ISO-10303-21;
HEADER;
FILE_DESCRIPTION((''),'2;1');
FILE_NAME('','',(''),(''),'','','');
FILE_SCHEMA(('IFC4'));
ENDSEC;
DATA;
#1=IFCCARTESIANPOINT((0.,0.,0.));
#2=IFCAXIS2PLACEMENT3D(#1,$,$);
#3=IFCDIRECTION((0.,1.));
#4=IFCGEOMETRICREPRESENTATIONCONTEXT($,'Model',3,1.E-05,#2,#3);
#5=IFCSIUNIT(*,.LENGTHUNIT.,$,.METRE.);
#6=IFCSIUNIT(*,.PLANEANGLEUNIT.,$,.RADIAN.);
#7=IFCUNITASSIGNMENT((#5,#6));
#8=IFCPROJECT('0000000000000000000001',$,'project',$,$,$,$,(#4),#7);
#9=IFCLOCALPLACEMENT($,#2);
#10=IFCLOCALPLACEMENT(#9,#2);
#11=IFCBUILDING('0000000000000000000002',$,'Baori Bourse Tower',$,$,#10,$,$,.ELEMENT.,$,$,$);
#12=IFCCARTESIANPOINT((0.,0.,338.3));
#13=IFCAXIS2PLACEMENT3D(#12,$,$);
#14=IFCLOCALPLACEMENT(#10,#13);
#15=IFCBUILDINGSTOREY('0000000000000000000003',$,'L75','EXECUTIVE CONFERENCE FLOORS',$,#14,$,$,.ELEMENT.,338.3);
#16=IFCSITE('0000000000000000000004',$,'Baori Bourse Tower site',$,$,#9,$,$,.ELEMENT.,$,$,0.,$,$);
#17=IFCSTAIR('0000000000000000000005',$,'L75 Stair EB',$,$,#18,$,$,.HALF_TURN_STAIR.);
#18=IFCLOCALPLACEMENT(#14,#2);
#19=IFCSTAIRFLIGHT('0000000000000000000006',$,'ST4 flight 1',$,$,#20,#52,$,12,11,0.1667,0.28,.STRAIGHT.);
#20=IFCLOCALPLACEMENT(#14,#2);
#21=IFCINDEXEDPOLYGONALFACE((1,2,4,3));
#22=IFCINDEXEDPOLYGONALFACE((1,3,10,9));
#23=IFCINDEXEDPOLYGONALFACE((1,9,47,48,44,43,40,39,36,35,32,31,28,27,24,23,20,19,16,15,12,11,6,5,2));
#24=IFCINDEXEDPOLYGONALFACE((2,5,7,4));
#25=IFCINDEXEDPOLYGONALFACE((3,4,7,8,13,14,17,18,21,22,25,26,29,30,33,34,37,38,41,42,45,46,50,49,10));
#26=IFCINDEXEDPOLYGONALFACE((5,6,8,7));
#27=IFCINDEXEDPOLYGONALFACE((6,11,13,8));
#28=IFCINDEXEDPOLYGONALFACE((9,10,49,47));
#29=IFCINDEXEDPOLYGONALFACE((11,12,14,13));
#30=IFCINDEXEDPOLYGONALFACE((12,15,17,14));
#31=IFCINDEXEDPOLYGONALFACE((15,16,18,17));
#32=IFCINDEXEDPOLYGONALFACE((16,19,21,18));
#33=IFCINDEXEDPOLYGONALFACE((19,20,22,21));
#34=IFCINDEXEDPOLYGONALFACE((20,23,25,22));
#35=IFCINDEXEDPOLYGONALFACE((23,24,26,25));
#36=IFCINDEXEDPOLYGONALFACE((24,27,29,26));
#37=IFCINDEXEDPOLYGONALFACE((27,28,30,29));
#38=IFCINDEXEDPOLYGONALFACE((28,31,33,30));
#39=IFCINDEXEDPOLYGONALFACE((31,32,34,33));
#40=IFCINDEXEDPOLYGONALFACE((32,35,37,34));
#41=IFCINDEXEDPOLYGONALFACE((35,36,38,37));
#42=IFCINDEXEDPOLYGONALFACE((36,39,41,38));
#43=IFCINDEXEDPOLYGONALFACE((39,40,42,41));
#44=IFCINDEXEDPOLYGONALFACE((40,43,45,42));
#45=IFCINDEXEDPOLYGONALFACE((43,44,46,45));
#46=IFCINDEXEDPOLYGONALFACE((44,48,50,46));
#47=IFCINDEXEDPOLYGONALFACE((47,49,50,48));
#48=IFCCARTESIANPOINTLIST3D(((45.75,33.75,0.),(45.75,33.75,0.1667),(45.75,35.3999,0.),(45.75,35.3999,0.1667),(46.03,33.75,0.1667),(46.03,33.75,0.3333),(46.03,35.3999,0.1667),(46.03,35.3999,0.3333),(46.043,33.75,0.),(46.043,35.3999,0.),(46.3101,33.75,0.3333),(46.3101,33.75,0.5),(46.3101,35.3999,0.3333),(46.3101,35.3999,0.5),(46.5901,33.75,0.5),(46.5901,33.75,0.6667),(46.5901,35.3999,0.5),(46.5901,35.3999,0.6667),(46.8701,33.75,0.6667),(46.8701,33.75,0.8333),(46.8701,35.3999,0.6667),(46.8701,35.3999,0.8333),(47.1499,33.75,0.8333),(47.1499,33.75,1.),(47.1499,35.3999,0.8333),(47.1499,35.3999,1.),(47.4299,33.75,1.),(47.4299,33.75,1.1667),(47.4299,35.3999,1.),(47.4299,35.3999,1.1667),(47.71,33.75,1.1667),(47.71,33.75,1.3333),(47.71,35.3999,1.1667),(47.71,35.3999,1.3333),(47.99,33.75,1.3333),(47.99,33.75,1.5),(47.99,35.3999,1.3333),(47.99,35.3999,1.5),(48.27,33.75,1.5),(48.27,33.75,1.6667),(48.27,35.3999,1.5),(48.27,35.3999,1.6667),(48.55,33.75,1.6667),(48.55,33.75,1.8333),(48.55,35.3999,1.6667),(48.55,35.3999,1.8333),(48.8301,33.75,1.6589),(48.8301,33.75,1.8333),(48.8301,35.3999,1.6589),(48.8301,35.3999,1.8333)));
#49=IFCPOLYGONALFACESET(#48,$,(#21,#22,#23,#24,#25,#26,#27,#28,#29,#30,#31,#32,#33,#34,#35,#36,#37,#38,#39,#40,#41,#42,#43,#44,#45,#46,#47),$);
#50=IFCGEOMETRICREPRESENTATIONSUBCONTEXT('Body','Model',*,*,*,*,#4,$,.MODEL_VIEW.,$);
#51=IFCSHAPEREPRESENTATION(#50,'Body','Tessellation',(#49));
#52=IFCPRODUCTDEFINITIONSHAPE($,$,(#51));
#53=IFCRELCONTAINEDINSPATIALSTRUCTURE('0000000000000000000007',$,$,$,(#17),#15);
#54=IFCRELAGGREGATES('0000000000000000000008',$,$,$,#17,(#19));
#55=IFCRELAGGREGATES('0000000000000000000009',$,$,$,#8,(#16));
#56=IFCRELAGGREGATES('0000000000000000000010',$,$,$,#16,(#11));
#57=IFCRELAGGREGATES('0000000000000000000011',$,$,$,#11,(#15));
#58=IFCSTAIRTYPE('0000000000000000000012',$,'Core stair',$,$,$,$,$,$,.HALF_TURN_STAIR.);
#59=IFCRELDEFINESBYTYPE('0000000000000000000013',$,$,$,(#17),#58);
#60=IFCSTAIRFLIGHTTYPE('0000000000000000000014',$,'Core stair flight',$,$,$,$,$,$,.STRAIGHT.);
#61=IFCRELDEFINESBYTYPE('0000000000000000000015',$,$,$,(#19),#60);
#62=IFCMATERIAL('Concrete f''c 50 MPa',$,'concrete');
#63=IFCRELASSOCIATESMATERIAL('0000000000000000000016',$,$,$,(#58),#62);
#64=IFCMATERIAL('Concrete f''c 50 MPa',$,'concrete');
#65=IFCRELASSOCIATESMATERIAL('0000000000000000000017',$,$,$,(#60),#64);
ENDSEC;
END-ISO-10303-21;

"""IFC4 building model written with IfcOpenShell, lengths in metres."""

from ifc_helpers import new_model, si_unit, direction, frame, origin, place, context, subcontext, project, spatial, polyline, outline, extrude, material, type_object, element, aggregate, save


model = new_model("IFC4")

# Units and contexts
model_context = context("Model", 3, precision=1e-05, world=origin(), true_north=direction((0.0, 1.0)))
body_context = subcontext(model_context, "Body", "Model", "MODEL_VIEW")
ifc_project = project(units=[si_unit("LENGTHUNIT", "METRE"), si_unit("PLANEANGLEUNIT", "RADIAN")], contexts=[model_context])

# Site, building, storey
site_placement = place(None, origin())
site = spatial("IfcSite", under=ifc_project, at=site_placement, Name="Baori Bourse Tower site", CompositionType="ELEMENT", RefElevation=0.0)
building_placement = place(site_placement, origin())
building = spatial("IfcBuilding", under=site, at=building_placement, Name="Baori Bourse Tower", CompositionType="ELEMENT")
storey_placement = place(building_placement, frame((0.0, 0.0, 338.3)))
storey = spatial("IfcBuildingStorey", under=building, at=storey_placement, Name="L75", Description="EXECUTIVE CONFERENCE FLOORS", CompositionType="ELEMENT", Elevation=338.3)

# Stair, stair flight
ifc_material_1 = material(Name="Concrete f'c 50 MPa", Category="concrete")
stair_type = type_object("IfcStairType", Name="Core stair", PredefinedType="HALF_TURN_STAIR", material=ifc_material_1)
stair_placement = place(storey_placement, origin())
stair = element("IfcStair", 1, at=stair_placement, inside=storey, type_object=stair_type, Name="L75 Stair EB", PredefinedType="HALF_TURN_STAIR")
ifc_material_2 = material(Name="Concrete f'c 50 MPa", Category="concrete")
stair_flight_type = type_object("IfcStairFlightType", Name="Core stair flight", PredefinedType="STRAIGHT", material=ifc_material_2)
stair_flight_placement = place(storey_placement, frame((45.75, 34.575, 0.0), z_axis=(0.0, 0.0, 1.0), x_axis=(1.0, 0.0, 0.0)))
stair_flight = element("IfcStairFlight", 2, at=stair_flight_placement, type_object=stair_flight_type, Name="ST4 flight 1", NumberOfRisers=12, NumberOfTreads=11, PredefinedType="STRAIGHT", RiserHeight=0.1667, TreadLength=0.28, context=body_context, shape_type="SweptSolid", body=[
    extrude(outline(polyline([(0.0, 0.0), (0.0, 0.1667), (0.28, 0.1667), (0.28, 0.3333), (0.5601, 0.3333), (0.5601, 0.5), (0.8401, 0.5), (0.8401, 0.6667), (1.1201, 0.6667), (1.1201, 0.8333), (1.3999, 0.8333), (1.3999, 1.0), (1.6799, 1.0), (1.6799, 1.1667), (1.96, 1.1667), (1.96, 1.3333), (2.24, 1.3333), (2.24, 1.5), (2.52, 1.5), (2.52, 1.6667), (2.8, 1.6667), (2.8, 1.8333), (3.0801, 1.8333), (3.0801, 2.0), (3.0801, 1.6589), (0.293, 0.0), (0.0, 0.0)])), frame((0.0, 0.825, 0.0), z_axis=(0.0, -1.0, 0.0), x_axis=(1.0, 0.0, 0.0)), (0.0, 0.0, 1.0), 1.6499),
])
aggregate(stair, [stair_flight])

save(model, "model.ifc")
